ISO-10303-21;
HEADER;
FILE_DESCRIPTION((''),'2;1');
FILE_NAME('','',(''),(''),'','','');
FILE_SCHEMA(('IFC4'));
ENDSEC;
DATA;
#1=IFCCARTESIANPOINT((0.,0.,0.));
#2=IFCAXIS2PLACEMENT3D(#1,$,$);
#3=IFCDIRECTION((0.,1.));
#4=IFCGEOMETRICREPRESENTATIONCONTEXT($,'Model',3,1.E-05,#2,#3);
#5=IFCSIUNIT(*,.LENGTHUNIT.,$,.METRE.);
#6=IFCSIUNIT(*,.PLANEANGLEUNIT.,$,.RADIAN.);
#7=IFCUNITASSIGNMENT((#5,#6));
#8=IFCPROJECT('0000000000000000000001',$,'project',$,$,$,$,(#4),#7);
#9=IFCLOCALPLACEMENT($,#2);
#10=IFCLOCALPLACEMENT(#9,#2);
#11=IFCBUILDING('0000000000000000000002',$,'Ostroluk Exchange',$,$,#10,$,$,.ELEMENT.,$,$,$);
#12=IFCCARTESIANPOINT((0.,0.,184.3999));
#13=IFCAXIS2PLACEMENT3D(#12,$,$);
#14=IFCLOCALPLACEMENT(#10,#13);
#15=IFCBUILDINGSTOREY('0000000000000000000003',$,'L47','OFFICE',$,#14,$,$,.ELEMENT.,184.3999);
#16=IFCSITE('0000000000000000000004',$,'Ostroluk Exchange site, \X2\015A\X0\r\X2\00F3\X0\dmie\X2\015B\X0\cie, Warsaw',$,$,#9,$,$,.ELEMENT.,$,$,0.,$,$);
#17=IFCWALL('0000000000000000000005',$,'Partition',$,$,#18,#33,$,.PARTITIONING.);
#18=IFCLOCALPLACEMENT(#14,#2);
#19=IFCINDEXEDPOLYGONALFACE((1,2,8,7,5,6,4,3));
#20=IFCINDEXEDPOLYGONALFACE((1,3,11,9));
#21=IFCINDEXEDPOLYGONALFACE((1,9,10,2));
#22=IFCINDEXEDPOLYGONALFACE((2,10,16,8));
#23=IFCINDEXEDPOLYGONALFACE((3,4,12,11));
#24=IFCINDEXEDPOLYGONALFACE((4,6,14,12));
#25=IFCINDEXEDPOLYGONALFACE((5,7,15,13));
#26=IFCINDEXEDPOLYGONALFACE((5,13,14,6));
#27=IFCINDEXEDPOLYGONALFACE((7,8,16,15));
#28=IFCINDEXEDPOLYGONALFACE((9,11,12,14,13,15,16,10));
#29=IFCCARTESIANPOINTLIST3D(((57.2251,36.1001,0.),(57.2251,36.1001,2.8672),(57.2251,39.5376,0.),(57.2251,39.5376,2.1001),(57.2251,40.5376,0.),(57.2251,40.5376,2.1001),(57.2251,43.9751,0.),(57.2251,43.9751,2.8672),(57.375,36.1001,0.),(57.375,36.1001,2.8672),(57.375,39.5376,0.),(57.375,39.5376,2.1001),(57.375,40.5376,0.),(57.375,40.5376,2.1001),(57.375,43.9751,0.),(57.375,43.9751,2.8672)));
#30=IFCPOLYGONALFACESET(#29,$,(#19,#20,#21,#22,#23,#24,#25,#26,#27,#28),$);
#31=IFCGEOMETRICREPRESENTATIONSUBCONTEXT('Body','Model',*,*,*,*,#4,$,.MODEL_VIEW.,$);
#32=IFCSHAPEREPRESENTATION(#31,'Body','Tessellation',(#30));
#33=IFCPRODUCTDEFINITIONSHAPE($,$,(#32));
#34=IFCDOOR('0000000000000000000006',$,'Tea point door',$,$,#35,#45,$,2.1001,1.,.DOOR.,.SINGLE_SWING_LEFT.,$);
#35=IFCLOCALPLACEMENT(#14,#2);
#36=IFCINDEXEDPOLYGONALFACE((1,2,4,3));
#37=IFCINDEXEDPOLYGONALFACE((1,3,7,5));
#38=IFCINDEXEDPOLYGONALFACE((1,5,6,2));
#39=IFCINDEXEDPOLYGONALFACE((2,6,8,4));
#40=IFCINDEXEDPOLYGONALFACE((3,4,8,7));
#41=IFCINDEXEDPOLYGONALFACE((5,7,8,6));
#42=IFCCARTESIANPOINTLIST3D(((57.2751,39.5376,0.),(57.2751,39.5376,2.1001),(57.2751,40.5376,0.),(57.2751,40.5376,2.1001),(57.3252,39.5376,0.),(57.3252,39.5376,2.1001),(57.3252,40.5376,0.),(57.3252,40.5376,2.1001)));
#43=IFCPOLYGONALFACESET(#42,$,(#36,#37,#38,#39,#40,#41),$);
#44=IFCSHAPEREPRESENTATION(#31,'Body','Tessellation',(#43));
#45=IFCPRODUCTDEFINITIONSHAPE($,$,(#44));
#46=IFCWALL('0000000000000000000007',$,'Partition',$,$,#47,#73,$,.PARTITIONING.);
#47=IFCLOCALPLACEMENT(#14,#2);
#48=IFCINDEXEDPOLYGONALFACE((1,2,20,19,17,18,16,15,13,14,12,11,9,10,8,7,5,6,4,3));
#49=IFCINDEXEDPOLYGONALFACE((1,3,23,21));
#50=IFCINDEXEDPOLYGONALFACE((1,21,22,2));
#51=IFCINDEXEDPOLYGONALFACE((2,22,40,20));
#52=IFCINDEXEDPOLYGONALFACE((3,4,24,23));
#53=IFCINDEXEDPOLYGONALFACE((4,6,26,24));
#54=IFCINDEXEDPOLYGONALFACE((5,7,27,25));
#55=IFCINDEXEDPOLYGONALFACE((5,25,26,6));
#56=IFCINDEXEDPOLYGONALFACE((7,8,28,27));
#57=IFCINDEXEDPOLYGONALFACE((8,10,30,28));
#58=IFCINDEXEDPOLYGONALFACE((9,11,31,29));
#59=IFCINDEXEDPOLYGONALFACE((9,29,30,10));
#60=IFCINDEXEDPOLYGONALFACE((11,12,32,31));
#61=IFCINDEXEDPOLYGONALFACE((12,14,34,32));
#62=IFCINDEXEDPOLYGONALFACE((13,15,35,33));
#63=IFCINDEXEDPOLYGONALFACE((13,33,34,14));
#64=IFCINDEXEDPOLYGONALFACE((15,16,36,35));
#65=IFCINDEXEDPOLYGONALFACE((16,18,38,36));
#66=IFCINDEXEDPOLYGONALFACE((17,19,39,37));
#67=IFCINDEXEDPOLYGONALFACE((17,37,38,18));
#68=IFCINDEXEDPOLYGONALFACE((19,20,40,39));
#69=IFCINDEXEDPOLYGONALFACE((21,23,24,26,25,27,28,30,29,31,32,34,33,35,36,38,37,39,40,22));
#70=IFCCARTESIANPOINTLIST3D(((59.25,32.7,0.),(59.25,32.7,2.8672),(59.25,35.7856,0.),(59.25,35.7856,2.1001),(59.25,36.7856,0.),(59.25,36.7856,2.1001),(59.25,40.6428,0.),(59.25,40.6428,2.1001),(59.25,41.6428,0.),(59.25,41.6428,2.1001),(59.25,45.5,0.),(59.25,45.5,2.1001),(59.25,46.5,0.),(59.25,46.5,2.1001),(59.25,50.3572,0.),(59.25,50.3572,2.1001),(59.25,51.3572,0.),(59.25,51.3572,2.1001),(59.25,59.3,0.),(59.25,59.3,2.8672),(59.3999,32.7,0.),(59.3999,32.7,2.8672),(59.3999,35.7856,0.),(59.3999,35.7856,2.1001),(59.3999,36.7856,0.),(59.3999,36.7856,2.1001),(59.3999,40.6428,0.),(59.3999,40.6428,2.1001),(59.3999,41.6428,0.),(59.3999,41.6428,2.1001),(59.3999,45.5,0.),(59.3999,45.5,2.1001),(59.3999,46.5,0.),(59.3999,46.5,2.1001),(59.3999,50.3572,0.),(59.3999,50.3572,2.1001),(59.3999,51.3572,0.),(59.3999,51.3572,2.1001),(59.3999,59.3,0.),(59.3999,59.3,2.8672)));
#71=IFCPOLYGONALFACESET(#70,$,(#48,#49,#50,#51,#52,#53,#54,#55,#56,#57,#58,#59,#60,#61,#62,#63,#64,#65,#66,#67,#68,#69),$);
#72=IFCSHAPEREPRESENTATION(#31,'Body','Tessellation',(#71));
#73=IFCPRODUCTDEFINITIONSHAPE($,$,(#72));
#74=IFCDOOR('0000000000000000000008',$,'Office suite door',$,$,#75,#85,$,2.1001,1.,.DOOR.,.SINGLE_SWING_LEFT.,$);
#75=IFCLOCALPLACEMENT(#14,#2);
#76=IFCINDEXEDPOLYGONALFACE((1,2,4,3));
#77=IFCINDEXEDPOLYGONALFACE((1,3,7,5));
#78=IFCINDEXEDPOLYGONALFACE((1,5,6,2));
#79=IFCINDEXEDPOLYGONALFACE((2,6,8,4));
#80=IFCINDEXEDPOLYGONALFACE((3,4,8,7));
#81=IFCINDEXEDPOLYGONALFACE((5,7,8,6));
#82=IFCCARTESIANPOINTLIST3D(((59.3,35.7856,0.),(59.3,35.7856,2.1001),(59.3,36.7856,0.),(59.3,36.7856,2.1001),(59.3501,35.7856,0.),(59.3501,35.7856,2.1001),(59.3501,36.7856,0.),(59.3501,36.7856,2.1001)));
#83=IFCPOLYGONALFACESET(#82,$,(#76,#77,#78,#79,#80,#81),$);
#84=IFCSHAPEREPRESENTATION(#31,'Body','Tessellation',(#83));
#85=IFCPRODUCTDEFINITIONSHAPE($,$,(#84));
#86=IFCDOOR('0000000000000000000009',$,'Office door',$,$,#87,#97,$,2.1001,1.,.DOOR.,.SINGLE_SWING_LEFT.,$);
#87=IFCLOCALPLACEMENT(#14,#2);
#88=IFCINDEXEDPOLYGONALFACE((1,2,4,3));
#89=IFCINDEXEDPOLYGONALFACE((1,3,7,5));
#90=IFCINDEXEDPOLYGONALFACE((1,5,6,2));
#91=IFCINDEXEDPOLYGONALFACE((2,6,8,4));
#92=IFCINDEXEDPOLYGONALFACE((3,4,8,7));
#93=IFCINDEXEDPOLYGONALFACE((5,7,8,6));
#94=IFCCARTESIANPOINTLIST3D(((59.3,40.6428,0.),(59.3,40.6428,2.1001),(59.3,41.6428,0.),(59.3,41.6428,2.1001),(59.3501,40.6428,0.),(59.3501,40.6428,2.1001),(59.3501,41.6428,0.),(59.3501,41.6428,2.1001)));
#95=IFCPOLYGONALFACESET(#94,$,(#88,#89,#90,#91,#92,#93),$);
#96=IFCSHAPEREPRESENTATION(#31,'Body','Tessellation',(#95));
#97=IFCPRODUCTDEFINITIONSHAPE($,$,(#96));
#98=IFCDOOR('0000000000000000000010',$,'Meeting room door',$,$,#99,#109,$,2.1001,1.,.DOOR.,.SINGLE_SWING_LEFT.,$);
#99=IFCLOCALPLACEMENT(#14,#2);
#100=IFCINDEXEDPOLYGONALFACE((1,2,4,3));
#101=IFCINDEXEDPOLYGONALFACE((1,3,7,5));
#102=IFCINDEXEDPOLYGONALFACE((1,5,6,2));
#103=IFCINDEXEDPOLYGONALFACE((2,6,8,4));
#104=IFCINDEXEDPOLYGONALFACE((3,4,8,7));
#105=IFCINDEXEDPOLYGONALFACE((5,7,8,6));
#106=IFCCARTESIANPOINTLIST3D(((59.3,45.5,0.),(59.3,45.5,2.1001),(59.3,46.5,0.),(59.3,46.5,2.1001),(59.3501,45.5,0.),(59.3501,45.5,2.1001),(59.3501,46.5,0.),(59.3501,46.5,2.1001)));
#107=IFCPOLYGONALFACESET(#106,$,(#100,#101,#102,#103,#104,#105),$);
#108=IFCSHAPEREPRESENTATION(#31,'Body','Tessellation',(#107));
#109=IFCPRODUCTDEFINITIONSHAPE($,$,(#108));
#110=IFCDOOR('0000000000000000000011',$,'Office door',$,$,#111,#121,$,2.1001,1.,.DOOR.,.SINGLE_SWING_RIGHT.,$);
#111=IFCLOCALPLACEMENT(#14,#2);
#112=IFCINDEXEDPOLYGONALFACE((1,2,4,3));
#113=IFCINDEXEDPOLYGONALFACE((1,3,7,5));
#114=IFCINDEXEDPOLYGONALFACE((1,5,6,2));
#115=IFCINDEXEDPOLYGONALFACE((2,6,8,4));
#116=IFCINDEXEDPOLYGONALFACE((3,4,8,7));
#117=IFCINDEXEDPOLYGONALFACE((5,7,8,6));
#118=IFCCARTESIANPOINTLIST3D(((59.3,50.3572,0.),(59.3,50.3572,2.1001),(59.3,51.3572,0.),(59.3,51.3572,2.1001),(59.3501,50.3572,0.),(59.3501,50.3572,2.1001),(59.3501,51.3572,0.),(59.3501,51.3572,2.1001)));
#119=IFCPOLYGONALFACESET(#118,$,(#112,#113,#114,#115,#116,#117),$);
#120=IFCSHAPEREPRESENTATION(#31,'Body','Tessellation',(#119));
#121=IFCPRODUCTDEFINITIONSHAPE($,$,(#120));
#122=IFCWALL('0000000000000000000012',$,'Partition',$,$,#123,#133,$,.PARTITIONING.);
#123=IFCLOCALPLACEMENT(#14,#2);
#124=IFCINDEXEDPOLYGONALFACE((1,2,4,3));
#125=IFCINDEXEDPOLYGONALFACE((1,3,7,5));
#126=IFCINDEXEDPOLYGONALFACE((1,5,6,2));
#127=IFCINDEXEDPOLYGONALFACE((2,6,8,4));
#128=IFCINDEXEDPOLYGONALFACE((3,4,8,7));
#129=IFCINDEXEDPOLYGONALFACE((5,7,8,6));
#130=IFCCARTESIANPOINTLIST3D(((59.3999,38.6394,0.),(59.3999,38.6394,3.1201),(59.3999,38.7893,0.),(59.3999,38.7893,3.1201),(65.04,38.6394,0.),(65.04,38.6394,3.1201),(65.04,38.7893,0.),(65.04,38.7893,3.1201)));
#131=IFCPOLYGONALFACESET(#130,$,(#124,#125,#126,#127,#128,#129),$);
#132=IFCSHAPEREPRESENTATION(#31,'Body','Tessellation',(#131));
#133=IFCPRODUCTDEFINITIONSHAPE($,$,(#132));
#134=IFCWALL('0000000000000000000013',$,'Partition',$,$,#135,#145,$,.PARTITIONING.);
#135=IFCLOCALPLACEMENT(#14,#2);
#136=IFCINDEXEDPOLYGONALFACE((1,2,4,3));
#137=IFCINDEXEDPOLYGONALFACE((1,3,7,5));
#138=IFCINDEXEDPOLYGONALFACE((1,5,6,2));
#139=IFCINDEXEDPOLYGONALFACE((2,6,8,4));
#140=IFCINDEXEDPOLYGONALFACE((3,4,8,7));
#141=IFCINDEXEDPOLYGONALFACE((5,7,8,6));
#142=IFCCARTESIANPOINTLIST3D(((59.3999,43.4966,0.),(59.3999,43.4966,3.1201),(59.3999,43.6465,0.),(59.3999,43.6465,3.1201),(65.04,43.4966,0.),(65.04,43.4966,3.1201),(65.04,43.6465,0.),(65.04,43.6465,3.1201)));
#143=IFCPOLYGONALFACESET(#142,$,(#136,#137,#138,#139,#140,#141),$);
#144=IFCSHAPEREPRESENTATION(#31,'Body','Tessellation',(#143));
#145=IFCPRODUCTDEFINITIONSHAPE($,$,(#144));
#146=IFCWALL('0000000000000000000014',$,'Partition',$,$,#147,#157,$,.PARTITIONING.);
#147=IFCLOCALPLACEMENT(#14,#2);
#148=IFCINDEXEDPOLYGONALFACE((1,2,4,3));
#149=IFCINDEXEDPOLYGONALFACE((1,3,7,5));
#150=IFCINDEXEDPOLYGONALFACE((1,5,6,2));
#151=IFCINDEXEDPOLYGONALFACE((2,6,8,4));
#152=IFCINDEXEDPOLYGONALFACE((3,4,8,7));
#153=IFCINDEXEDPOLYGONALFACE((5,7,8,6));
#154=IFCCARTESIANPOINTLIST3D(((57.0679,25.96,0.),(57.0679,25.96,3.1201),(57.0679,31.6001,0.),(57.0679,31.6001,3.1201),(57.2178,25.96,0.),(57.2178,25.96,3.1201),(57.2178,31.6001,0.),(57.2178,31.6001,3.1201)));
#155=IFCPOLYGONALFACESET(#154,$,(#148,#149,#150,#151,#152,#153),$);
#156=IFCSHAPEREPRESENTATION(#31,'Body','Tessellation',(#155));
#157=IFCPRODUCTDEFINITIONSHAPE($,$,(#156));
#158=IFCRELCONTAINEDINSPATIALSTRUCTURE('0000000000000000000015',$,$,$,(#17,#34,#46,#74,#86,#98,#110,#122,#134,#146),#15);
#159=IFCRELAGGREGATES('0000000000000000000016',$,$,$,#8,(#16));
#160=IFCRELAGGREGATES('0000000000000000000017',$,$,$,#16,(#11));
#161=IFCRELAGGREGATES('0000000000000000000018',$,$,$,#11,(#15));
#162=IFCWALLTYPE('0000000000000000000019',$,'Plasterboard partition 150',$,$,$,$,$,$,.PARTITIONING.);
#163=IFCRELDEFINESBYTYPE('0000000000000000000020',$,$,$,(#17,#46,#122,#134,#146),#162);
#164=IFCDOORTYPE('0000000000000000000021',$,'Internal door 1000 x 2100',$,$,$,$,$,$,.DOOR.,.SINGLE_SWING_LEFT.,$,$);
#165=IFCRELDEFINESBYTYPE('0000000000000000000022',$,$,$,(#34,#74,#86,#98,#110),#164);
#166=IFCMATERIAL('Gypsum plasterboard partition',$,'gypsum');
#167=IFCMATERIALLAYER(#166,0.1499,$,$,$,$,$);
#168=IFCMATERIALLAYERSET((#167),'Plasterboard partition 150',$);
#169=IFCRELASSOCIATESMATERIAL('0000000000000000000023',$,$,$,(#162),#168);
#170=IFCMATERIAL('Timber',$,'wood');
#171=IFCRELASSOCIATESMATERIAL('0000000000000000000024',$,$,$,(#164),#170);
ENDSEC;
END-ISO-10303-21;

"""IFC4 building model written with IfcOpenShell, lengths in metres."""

from ifc_helpers import new_model, si_unit, direction, frame, frame_2d, origin, place, context, subcontext, project, spatial, rectangle, extrude, material, layer, layer_set, type_object, element, fill, save


model = new_model("IFC4")

# Units and contexts
model_context = context("Model", 3, precision=1e-05, world=origin(), true_north=direction((0.0, 1.0)))
body_context = subcontext(model_context, "Body", "Model", "MODEL_VIEW")
ifc_project = project(units=[si_unit("LENGTHUNIT", "METRE"), si_unit("PLANEANGLEUNIT", "RADIAN")], contexts=[model_context])

# Site, building, storey
site_placement = place(None, origin())
site = spatial("IfcSite", under=ifc_project, at=site_placement, Name="Ostroluk Exchange site, Śródmieście, Warsaw", CompositionType="ELEMENT", RefElevation=0.0)
building_placement = place(site_placement, origin())
building = spatial("IfcBuilding", under=site, at=building_placement, Name="Ostroluk Exchange", CompositionType="ELEMENT")
storey_placement = place(building_placement, frame((0.0, 0.0, 184.3999)))
storey = spatial("IfcBuildingStorey", under=building, at=storey_placement, Name="L47", Description="OFFICE", CompositionType="ELEMENT", Elevation=184.3999)

# Wall, opening, door
ifc_material_1 = material(Name="Gypsum plasterboard partition", Category="gypsum")
ifc_layer_1 = layer(ifc_material_1, 0.1499)
ifc_layer_set_1 = layer_set([ifc_layer_1], Name="Plasterboard partition 150")
wall_type = type_object("IfcWallType", Name="Plasterboard partition 150", PredefinedType="PARTITIONING", material=ifc_layer_set_1)
wall_1_placement = place(storey_placement, frame((57.3, 36.1001, 0.0), z_axis=(0.0, 0.0, 1.0), x_axis=(0.0, 1.0, 0.0)))
wall_1 = element("IfcWall", 1, at=wall_1_placement, inside=storey, type_object=wall_type, Name="Partition", PredefinedType="PARTITIONING", context=body_context, shape_type="SweptSolid", body=[
    extrude(rectangle(XDim=7.875, YDim=0.1499, at=frame_2d((3.9375, 0.0))), origin(), (0.0, 0.0, 1.0), 2.8672),
])
opening_1_placement = place(wall_1_placement, frame((3.4375, 0.0, 0.0)))
opening_1 = element("IfcOpeningElement", 2, at=opening_1_placement, cuts=wall_1, PredefinedType="OPENING", context=body_context, shape_type="SweptSolid", body=[
    extrude(rectangle(XDim=1.0, YDim=2.1001, at=frame_2d((0.5, 1.05))), frame((0.0, 0.085, 0.0), z_axis=(0.0, -1.0, 0.0), x_axis=(1.0, 0.0, 0.0)), (0.0, 0.0, 1.0), 0.1699),
])
ifc_material_2 = material(Name="Timber", Category="wood")
door_type = type_object("IfcDoorType", Name="Internal door 1000 x 2100", OperationType="SINGLE_SWING_LEFT", PredefinedType="DOOR", material=ifc_material_2)
door_1_placement = place(opening_1_placement, origin())
door_1 = element("IfcDoor", 3, at=door_1_placement, inside=storey, type_object=door_type, Name="Tea point door", OperationType="SINGLE_SWING_LEFT", OverallHeight=2.1001, OverallWidth=1.0, PredefinedType="DOOR", context=body_context, shape_type="SweptSolid", body=[
    extrude(rectangle(XDim=1.0, YDim=2.1001, at=frame_2d((0.5, 1.05))), frame((0.0, 0.0249, 0.0), z_axis=(0.0, -1.0, 0.0), x_axis=(1.0, 0.0, 0.0)), (0.0, 0.0, 1.0), 0.05),
])
fill(opening_1, door_1)

# Wall, openings, doors
wall_2_placement = place(storey_placement, frame((59.325, 32.7, 0.0), z_axis=(0.0, 0.0, 1.0), x_axis=(0.0, 1.0, 0.0)))
wall_2 = element("IfcWall", 4, at=wall_2_placement, inside=storey, type_object=wall_type, Name="Partition", PredefinedType="PARTITIONING", context=body_context, shape_type="SweptSolid", body=[
    extrude(rectangle(XDim=26.6001, YDim=0.1499, at=frame_2d((13.3, 0.0))), origin(), (0.0, 0.0, 1.0), 2.8672),
])
opening_2_placement = place(wall_2_placement, frame((3.0857, 0.0, 0.0)))
opening_2 = element("IfcOpeningElement", 5, at=opening_2_placement, cuts=wall_2, PredefinedType="OPENING", context=body_context, shape_type="SweptSolid", body=[
    extrude(rectangle(XDim=1.0, YDim=2.1001, at=frame_2d((0.5, 1.05))), frame((0.0, 0.085, 0.0), z_axis=(0.0, -1.0, 0.0), x_axis=(1.0, 0.0, 0.0)), (0.0, 0.0, 1.0), 0.1699),
])
opening_3_placement = place(wall_2_placement, frame((7.9429, 0.0, 0.0)))
opening_3 = element("IfcOpeningElement", 6, at=opening_3_placement, cuts=wall_2, PredefinedType="OPENING", context=body_context, shape_type="SweptSolid", body=[
    extrude(rectangle(XDim=1.0, YDim=2.1001, at=frame_2d((0.5, 1.05))), frame((0.0, 0.085, 0.0), z_axis=(0.0, -1.0, 0.0), x_axis=(1.0, 0.0, 0.0)), (0.0, 0.0, 1.0), 0.1699),
])
opening_4_placement = place(wall_2_placement, frame((12.8, 0.0, 0.0)))
opening_4 = element("IfcOpeningElement", 7, at=opening_4_placement, cuts=wall_2, PredefinedType="OPENING", context=body_context, shape_type="SweptSolid", body=[
    extrude(rectangle(XDim=1.0, YDim=2.1001, at=frame_2d((0.5, 1.05))), frame((0.0, 0.085, 0.0), z_axis=(0.0, -1.0, 0.0), x_axis=(1.0, 0.0, 0.0)), (0.0, 0.0, 1.0), 0.1699),
])
opening_5_placement = place(wall_2_placement, frame((17.6572, 0.0, 0.0)))
opening_5 = element("IfcOpeningElement", 8, at=opening_5_placement, cuts=wall_2, PredefinedType="OPENING", context=body_context, shape_type="SweptSolid", body=[
    extrude(rectangle(XDim=1.0, YDim=2.1001, at=frame_2d((0.5, 1.05))), frame((0.0, 0.085, 0.0), z_axis=(0.0, -1.0, 0.0), x_axis=(1.0, 0.0, 0.0)), (0.0, 0.0, 1.0), 0.1699),
])
door_2_placement = place(opening_2_placement, origin())
door_2 = element("IfcDoor", 9, at=door_2_placement, inside=storey, type_object=door_type, Name="Office suite door", OperationType="SINGLE_SWING_LEFT", OverallHeight=2.1001, OverallWidth=1.0, PredefinedType="DOOR", context=body_context, shape_type="SweptSolid", body=[
    extrude(rectangle(XDim=1.0, YDim=2.1001, at=frame_2d((0.5, 1.05))), frame((0.0, 0.0249, 0.0), z_axis=(0.0, -1.0, 0.0), x_axis=(1.0, 0.0, 0.0)), (0.0, 0.0, 1.0), 0.05),
])
fill(opening_2, door_2)
door_3_placement = place(opening_3_placement, origin())
door_3 = element("IfcDoor", 10, at=door_3_placement, inside=storey, type_object=door_type, Name="Office door", OperationType="SINGLE_SWING_LEFT", OverallHeight=2.1001, OverallWidth=1.0, PredefinedType="DOOR", context=body_context, shape_type="SweptSolid", body=[
    extrude(rectangle(XDim=1.0, YDim=2.1001, at=frame_2d((0.5, 1.05))), frame((0.0, 0.0249, 0.0), z_axis=(0.0, -1.0, 0.0), x_axis=(1.0, 0.0, 0.0)), (0.0, 0.0, 1.0), 0.05),
])
fill(opening_3, door_3)
door_4_placement = place(opening_4_placement, origin())
door_4 = element("IfcDoor", 11, at=door_4_placement, inside=storey, type_object=door_type, Name="Meeting room door", OperationType="SINGLE_SWING_LEFT", OverallHeight=2.1001, OverallWidth=1.0, PredefinedType="DOOR", context=body_context, shape_type="SweptSolid", body=[
    extrude(rectangle(XDim=1.0, YDim=2.1001, at=frame_2d((0.5, 1.05))), frame((0.0, 0.0249, 0.0), z_axis=(0.0, -1.0, 0.0), x_axis=(1.0, 0.0, 0.0)), (0.0, 0.0, 1.0), 0.05),
])
fill(opening_4, door_4)
door_5_placement = place(opening_5_placement, origin())
door_5 = element("IfcDoor", 12, at=door_5_placement, inside=storey, type_object=door_type, Name="Office door", OperationType="SINGLE_SWING_RIGHT", OverallHeight=2.1001, OverallWidth=1.0, PredefinedType="DOOR", context=body_context, shape_type="SweptSolid", body=[
    extrude(rectangle(XDim=1.0, YDim=2.1001, at=frame_2d((0.5, 1.05))), frame((0.0, 0.0249, 0.0), z_axis=(0.0, -1.0, 0.0), x_axis=(1.0, 0.0, 0.0)), (0.0, 0.0, 1.0), 0.05),
])
fill(opening_5, door_5)

# Walls
for number, where, z_axis, x_axis, name in (
    (13, (59.3999, 38.7144, 0.0), (0.0, 0.0, 1.0), (1.0, 0.0, 0.0), "Partition"),
    (14, (59.3999, 43.5715, 0.0), (0.0, 0.0, 1.0), (1.0, 0.0, 0.0), "Partition"),
    (15, (57.1428, 31.6001, 0.0), (0.0, 0.0, 1.0), (0.0, -1.0, 0.0), "Partition"),
):
    element("IfcWall", number, at=place(storey_placement, frame(where, z_axis=z_axis, x_axis=x_axis)), inside=storey, type_object=wall_type, Name=name, PredefinedType="PARTITIONING", context=body_context, shape_type="SweptSolid", body=[
        extrude(rectangle(XDim=5.6401, YDim=0.1499, at=frame_2d((2.8201, 0.0))), origin(), (0.0, 0.0, 1.0), 3.1201),
    ])

save(model, "model.ifc")
